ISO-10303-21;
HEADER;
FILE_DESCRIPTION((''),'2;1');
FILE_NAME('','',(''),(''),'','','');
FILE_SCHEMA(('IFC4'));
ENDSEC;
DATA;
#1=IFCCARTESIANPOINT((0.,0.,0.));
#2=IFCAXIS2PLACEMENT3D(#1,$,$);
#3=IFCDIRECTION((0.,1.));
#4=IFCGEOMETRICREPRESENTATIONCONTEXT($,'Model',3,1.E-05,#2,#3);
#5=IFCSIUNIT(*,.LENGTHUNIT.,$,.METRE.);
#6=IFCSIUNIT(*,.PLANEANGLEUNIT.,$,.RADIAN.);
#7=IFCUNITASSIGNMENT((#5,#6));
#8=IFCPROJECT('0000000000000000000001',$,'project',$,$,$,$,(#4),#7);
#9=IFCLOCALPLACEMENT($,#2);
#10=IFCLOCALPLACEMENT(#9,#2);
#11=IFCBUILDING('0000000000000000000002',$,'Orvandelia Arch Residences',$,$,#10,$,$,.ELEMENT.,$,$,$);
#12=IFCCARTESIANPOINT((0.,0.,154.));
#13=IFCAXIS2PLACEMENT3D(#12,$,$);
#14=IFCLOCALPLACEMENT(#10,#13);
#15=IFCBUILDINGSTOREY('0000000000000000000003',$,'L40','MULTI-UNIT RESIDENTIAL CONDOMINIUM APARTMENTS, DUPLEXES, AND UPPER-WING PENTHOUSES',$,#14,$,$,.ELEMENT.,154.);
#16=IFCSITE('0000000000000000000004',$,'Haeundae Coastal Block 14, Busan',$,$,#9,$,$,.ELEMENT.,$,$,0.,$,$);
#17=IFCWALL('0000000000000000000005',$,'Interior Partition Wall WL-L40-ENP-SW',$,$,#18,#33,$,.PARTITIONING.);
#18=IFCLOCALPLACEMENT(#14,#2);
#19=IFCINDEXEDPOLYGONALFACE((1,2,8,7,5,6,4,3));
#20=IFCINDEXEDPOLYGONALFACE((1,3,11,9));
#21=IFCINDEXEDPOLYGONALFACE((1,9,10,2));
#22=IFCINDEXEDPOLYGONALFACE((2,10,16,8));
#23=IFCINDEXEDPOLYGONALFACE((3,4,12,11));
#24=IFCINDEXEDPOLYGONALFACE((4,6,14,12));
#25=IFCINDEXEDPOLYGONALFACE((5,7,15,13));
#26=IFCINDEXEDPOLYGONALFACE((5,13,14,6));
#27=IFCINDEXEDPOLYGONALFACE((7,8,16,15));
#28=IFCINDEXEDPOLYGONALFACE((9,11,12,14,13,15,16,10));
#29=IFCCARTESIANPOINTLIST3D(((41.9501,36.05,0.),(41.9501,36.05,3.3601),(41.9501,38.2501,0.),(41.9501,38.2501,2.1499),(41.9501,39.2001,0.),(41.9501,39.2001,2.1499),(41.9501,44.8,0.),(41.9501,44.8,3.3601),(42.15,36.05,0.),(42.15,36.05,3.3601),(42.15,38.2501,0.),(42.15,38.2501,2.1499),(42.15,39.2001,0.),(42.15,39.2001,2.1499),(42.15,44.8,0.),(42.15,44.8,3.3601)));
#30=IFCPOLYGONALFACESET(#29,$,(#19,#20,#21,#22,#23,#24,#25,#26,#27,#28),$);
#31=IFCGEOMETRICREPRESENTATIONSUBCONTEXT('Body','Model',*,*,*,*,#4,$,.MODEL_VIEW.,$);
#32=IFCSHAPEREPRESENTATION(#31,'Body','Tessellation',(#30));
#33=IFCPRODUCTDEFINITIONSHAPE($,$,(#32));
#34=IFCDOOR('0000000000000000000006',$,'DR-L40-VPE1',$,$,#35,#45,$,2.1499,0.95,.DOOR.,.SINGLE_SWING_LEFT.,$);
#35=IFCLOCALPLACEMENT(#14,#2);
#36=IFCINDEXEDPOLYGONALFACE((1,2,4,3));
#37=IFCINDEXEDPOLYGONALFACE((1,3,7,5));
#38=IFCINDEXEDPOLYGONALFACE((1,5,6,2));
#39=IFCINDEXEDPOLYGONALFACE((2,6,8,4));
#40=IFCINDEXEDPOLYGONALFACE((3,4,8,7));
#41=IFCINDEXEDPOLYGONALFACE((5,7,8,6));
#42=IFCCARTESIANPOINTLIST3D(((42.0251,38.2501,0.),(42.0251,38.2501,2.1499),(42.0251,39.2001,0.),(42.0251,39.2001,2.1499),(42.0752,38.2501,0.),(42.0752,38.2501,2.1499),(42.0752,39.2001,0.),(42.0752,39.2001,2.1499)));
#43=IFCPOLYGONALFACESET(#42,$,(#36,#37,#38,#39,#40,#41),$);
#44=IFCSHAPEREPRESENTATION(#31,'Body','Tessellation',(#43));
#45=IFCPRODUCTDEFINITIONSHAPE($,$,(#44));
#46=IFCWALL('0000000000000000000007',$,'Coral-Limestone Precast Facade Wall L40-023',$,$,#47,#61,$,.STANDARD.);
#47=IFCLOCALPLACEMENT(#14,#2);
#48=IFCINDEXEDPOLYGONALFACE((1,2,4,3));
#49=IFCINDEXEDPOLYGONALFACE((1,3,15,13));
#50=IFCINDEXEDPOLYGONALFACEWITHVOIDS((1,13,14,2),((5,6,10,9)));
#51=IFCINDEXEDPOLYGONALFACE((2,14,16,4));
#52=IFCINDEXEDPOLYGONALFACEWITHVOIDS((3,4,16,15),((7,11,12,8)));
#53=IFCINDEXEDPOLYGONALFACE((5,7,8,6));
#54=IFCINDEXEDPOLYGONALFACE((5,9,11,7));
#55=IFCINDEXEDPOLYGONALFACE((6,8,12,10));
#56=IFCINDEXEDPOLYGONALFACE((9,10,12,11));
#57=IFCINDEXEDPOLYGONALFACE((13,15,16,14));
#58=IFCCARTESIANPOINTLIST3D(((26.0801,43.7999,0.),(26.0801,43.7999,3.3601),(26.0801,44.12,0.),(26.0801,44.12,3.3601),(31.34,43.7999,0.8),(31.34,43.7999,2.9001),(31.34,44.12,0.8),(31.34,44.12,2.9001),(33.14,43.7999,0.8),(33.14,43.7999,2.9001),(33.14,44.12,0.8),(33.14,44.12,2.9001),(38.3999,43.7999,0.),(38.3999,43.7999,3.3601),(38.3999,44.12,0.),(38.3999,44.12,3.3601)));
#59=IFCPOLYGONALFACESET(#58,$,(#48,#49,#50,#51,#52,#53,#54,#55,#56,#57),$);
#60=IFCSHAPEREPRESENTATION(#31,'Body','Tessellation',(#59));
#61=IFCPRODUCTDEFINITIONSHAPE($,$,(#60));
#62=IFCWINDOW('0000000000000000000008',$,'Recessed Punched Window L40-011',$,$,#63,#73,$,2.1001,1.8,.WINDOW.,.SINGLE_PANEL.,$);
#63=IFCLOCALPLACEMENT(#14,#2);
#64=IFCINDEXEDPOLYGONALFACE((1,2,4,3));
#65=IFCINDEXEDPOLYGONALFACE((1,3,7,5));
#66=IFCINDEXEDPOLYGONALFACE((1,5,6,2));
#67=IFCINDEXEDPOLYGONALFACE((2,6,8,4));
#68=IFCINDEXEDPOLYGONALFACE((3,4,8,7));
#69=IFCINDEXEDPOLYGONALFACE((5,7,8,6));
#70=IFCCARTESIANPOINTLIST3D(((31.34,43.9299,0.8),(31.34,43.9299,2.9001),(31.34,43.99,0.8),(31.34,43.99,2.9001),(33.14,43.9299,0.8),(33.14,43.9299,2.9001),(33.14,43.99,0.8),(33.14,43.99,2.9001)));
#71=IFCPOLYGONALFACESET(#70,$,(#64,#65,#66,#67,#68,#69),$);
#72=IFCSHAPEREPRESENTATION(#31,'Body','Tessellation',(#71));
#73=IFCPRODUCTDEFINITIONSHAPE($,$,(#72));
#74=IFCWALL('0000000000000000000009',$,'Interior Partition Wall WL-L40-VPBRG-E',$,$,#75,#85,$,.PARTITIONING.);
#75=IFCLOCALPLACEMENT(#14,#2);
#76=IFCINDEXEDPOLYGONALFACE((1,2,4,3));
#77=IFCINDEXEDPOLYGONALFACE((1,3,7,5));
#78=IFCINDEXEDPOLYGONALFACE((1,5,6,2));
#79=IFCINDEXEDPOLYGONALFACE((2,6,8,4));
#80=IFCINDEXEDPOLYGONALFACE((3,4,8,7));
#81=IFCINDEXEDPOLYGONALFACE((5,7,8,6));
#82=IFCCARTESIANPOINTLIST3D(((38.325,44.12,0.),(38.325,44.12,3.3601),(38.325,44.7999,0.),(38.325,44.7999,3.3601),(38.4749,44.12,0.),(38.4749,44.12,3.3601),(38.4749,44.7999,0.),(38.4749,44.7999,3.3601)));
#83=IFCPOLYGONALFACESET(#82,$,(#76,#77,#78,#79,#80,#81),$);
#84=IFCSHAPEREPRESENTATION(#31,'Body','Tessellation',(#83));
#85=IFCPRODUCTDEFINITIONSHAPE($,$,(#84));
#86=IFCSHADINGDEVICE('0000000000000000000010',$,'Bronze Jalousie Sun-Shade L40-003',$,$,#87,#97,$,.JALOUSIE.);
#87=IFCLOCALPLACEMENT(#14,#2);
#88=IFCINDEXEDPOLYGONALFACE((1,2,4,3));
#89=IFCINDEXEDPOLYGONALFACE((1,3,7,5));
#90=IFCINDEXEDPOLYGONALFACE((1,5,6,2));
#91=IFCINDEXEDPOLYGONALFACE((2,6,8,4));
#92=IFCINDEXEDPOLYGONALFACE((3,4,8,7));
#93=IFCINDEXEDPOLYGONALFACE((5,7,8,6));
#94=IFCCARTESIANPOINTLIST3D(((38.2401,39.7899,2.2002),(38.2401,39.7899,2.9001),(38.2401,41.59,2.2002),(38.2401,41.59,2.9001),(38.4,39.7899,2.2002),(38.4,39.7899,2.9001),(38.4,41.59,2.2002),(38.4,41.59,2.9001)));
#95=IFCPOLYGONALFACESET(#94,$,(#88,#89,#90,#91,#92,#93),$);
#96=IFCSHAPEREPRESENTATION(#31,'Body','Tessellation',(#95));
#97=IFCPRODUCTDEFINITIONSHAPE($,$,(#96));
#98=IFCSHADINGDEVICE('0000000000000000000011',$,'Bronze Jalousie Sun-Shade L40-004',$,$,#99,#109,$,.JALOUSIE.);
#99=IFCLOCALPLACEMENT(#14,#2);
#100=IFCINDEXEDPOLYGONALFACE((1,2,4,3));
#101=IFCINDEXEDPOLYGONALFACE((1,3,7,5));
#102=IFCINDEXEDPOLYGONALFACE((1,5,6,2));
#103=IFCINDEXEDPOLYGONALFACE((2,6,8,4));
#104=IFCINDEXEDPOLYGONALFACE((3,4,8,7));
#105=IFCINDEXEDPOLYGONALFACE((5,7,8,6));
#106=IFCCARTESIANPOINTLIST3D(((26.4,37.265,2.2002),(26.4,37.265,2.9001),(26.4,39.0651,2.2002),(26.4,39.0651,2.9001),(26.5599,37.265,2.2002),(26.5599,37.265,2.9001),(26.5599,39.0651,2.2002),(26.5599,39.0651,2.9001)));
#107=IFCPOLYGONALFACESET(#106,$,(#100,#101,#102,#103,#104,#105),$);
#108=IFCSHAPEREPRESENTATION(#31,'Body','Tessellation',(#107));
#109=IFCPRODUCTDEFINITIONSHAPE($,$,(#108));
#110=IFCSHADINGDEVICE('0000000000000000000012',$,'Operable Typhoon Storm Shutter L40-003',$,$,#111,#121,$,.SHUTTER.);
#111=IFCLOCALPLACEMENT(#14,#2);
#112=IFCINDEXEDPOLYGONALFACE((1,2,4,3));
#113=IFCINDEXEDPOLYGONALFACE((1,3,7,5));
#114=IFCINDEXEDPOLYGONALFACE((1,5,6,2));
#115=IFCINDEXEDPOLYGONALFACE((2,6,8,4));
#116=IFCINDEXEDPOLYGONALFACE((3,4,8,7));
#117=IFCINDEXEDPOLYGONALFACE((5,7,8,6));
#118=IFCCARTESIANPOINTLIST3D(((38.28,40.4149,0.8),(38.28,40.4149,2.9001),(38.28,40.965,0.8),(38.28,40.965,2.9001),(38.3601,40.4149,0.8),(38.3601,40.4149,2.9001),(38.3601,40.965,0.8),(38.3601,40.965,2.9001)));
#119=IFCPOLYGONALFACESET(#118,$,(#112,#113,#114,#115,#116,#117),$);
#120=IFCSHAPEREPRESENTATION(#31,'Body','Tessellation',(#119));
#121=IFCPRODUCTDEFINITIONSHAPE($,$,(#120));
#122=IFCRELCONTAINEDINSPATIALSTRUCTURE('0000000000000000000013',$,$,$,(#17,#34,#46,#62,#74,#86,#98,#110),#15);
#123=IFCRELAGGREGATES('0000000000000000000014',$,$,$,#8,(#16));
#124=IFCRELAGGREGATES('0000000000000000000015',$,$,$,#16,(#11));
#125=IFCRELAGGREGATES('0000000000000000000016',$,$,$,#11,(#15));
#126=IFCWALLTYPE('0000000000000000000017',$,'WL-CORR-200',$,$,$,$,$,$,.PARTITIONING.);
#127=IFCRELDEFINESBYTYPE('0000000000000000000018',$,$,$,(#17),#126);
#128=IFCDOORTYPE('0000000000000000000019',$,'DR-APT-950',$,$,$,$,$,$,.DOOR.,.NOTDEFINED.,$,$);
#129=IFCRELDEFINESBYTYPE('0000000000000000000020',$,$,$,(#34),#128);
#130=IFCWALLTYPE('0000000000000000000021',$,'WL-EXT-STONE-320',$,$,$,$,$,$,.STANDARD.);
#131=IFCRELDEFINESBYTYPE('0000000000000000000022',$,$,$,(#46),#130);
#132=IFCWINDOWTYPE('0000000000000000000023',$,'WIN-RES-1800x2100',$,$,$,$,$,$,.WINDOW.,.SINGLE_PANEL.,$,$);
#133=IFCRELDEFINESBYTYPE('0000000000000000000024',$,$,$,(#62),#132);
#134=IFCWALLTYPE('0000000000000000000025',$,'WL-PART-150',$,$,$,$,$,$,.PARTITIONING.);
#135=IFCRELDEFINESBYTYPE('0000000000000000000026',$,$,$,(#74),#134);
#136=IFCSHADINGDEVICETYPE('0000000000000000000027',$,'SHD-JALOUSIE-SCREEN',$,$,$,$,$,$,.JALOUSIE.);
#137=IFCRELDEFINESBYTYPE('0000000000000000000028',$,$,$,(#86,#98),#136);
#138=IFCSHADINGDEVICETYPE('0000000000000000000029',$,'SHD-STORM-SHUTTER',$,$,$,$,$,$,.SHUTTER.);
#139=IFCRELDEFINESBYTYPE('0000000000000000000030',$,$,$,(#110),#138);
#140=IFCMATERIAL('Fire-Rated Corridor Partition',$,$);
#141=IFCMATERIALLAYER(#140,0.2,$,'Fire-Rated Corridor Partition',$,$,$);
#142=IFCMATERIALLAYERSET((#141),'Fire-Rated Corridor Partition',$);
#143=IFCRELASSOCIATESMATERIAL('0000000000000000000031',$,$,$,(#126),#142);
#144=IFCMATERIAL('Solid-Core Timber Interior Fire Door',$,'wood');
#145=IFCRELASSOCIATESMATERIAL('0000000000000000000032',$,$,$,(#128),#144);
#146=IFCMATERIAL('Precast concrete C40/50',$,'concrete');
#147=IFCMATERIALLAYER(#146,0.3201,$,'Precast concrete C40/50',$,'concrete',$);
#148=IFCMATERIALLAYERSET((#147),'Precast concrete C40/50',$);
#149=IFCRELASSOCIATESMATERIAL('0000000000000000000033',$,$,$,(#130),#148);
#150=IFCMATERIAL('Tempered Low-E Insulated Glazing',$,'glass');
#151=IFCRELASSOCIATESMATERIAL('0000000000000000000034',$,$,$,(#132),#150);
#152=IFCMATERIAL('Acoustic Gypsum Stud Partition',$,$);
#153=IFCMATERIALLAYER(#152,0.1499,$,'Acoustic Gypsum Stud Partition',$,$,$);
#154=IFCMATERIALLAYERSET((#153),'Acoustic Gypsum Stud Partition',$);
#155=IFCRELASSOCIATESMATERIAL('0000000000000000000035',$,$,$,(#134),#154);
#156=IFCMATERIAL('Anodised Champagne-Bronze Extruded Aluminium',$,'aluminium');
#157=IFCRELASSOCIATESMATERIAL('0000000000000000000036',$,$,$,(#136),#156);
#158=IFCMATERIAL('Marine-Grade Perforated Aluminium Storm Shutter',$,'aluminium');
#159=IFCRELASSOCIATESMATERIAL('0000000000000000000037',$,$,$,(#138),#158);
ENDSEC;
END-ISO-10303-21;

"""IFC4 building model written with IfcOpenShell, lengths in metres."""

from ifc_helpers import new_model, si_unit, direction, frame, frame_2d, origin, origin_2d, place, context, subcontext, project, spatial, rectangle, extrude, material, layer, layer_set, type_object, element, fill, save


model = new_model("IFC4")

# Units and contexts
model_context = context("Model", 3, precision=1e-05, world=origin(), true_north=direction((0.0, 1.0)))
body_context = subcontext(model_context, "Body", "Model", "MODEL_VIEW")
ifc_project = project(units=[si_unit("LENGTHUNIT", "METRE"), si_unit("PLANEANGLEUNIT", "RADIAN")], contexts=[model_context])

# Site, building, storey
site_placement = place(None, origin())
site = spatial("IfcSite", under=ifc_project, at=site_placement, Name="Haeundae Coastal Block 14, Busan", CompositionType="ELEMENT", RefElevation=0.0)
building_placement = place(site_placement, origin())
building = spatial("IfcBuilding", under=site, at=building_placement, Name="Orvandelia Arch Residences", CompositionType="ELEMENT")
storey_placement = place(building_placement, frame((0.0, 0.0, 154.0)))
storey = spatial("IfcBuildingStorey", under=building, at=storey_placement, Name="L40", Description="MULTI-UNIT RESIDENTIAL CONDOMINIUM APARTMENTS, DUPLEXES, AND UPPER-WING PENTHOUSES", CompositionType="ELEMENT", Elevation=154.0)

# Wall, opening, door
ifc_material_1 = material(Name="Fire-Rated Corridor Partition")
ifc_layer_1 = layer(ifc_material_1, 0.2, Name="Fire-Rated Corridor Partition")
ifc_layer_set_1 = layer_set([ifc_layer_1], Name="Fire-Rated Corridor Partition")
wall_type_1 = type_object("IfcWallType", Name="WL-CORR-200", PredefinedType="PARTITIONING", material=ifc_layer_set_1)
wall_1_placement = place(storey_placement, frame((42.05, 36.05, 0.0), z_axis=(0.0, 0.0, 1.0), x_axis=(0.0, 1.0, 0.0)))
wall_1 = element("IfcWall", 1, at=wall_1_placement, inside=storey, type_object=wall_type_1, Name="Interior Partition Wall WL-L40-ENP-SW", PredefinedType="PARTITIONING", context=body_context, shape_type="SweptSolid", body=[
    extrude(rectangle(XDim=8.75, YDim=0.2, at=frame_2d((4.375, 0.0))), origin(), (0.0, 0.0, 1.0), 3.3601),
])
opening_1_placement = place(wall_1_placement, frame((2.2, 0.0, 0.0)))
opening_1 = element("IfcOpeningElement", 2, at=opening_1_placement, cuts=wall_1, PredefinedType="OPENING", context=body_context, shape_type="SweptSolid", body=[
    extrude(rectangle(XDim=0.95, YDim=2.1499, at=frame_2d((0.4751, 1.075))), frame((0.0, 0.1099, 0.0), z_axis=(0.0, -1.0, 0.0), x_axis=(1.0, 0.0, 0.0)), (0.0, 0.0, 1.0), 0.22),
])
ifc_material_2 = material(Name="Solid-Core Timber Interior Fire Door", Category="wood")
door_type_1 = type_object("IfcDoorType", Name="DR-APT-950", OperationType="NOTDEFINED", PredefinedType="DOOR", material=ifc_material_2)
door_1_placement = place(opening_1_placement, origin())
door_1 = element("IfcDoor", 3, at=door_1_placement, inside=storey, type_object=door_type_1, Name="DR-L40-VPE1", OperationType="SINGLE_SWING_LEFT", OverallHeight=2.1499, OverallWidth=0.95, PredefinedType="DOOR", context=body_context, shape_type="SweptSolid", body=[
    extrude(rectangle(XDim=0.95, YDim=2.1499, at=frame_2d((0.4751, 1.075))), frame((0.0, 0.0249, 0.0), z_axis=(0.0, -1.0, 0.0), x_axis=(1.0, 0.0, 0.0)), (0.0, 0.0, 1.0), 0.05),
])
fill(opening_1, door_1)

# Wall, opening, window
ifc_material_3 = material(Name="Precast concrete C40/50", Category="concrete")
ifc_layer_2 = layer(ifc_material_3, 0.3201, Name="Precast concrete C40/50", Category="concrete")
ifc_layer_set_2 = layer_set([ifc_layer_2], Name="Precast concrete C40/50")
wall_type_2 = type_object("IfcWallType", Name="WL-EXT-STONE-320", PredefinedType="STANDARD", material=ifc_layer_set_2)
wall_2_placement = place(storey_placement, frame((38.3999, 43.96, 0.0), z_axis=(0.0, 0.0, 1.0), x_axis=(-1.0, 0.0, 0.0)))
wall_2 = element("IfcWall", 4, at=wall_2_placement, inside=storey, type_object=wall_type_2, Name="Coral-Limestone Precast Facade Wall L40-023", PredefinedType="STANDARD", context=body_context, shape_type="SweptSolid", body=[
    extrude(rectangle(XDim=12.3198, YDim=0.3201, at=frame_2d((6.1599, 0.0))), origin(), (0.0, 0.0, 1.0), 3.3601),
])
opening_2_placement = place(wall_2_placement, frame((5.26, 0.0, 0.8)))
opening_2 = element("IfcOpeningElement", 5, at=opening_2_placement, cuts=wall_2, PredefinedType="OPENING", context=body_context, shape_type="SweptSolid", body=[
    extrude(rectangle(XDim=1.8, YDim=2.1001, at=frame_2d((0.8999, 1.05))), frame((0.0, 0.1699, 0.0), z_axis=(0.0, -1.0, 0.0), x_axis=(1.0, 0.0, 0.0)), (0.0, 0.0, 1.0), 0.3401),
])
ifc_material_4 = material(Name="Tempered Low-E Insulated Glazing", Category="glass")
window_type = type_object("IfcWindowType", Name="WIN-RES-1800x2100", PartitioningType="SINGLE_PANEL", PredefinedType="WINDOW", material=ifc_material_4)
window_placement = place(opening_2_placement, origin())
window = element("IfcWindow", 6, at=window_placement, inside=storey, type_object=window_type, Name="Recessed Punched Window L40-011", OverallHeight=2.1001, OverallWidth=1.8, PartitioningType="SINGLE_PANEL", PredefinedType="WINDOW", context=body_context, shape_type="SweptSolid", body=[
    extrude(rectangle(XDim=1.8, YDim=2.1001, at=frame_2d((0.8999, 1.05))), frame((0.0, 0.03, 0.0), z_axis=(0.0, -1.0, 0.0), x_axis=(1.0, 0.0, 0.0)), (0.0, 0.0, 1.0), 0.0601),
])
fill(opening_2, window)

# Wall
ifc_material_5 = material(Name="Acoustic Gypsum Stud Partition")
ifc_layer_3 = layer(ifc_material_5, 0.1499, Name="Acoustic Gypsum Stud Partition")
ifc_layer_set_3 = layer_set([ifc_layer_3], Name="Acoustic Gypsum Stud Partition")
wall_type_3 = type_object("IfcWallType", Name="WL-PART-150", PredefinedType="PARTITIONING", material=ifc_layer_set_3)
wall_3_placement = place(storey_placement, frame((38.3999, 44.1201, 0.0), z_axis=(0.0, 0.0, 1.0), x_axis=(0.0, 1.0, 0.0)))
element("IfcWall", 7, at=wall_3_placement, inside=storey, type_object=wall_type_3, Name="Interior Partition Wall WL-L40-VPBRG-E", PredefinedType="PARTITIONING", context=body_context, shape_type="SweptSolid", body=[
    extrude(rectangle(XDim=0.6799, YDim=0.1499, at=frame_2d((0.3398, 0.0))), origin(), (0.0, 0.0, 1.0), 3.3601),
])

# Shading devices
ifc_material_6 = material(Name="Anodised Champagne-Bronze Extruded Aluminium", Category="aluminium")
shading_device_type_1 = type_object("IfcShadingDeviceType", Name="SHD-JALOUSIE-SCREEN", PredefinedType="JALOUSIE", material=ifc_material_6)
for number, where, z_axis, x_axis, name in (
    (8, (38.3201, 40.6899, 2.2002), (0.0, 0.0, 1.0), (0.0, 1.0, 0.0), "Bronze Jalousie Sun-Shade L40-003"),
    (9, (26.48, 38.165, 2.2002), (0.0, 0.0, 1.0), (0.0, -1.0, 0.0), "Bronze Jalousie Sun-Shade L40-004"),
):
    element("IfcShadingDevice", number, at=place(storey_placement, frame(where, z_axis=z_axis, x_axis=x_axis)), inside=storey, type_object=shading_device_type_1, Name=name, PredefinedType="JALOUSIE", context=body_context, shape_type="SweptSolid", body=[
        extrude(rectangle(XDim=1.8, YDim=0.1599, at=origin_2d()), origin(), (0.0, 0.0, 1.0), 0.7),
    ])
ifc_material_7 = material(Name="Marine-Grade Perforated Aluminium Storm Shutter", Category="aluminium")
shading_device_type_2 = type_object("IfcShadingDeviceType", Name="SHD-STORM-SHUTTER", PredefinedType="SHUTTER", material=ifc_material_7)
shading_device_placement = place(storey_placement, frame((38.3201, 40.6899, 0.8), z_axis=(0.0, 0.0, 1.0), x_axis=(0.0, 1.0, 0.0)))
element("IfcShadingDevice", 10, at=shading_device_placement, inside=storey, type_object=shading_device_type_2, Name="Operable Typhoon Storm Shutter L40-003", PredefinedType="SHUTTER", context=body_context, shape_type="SweptSolid", body=[
    extrude(rectangle(XDim=0.55, YDim=0.0801, at=origin_2d()), origin(), (0.0, 0.0, 1.0), 2.1001),
])

save(model, "model.ifc")
